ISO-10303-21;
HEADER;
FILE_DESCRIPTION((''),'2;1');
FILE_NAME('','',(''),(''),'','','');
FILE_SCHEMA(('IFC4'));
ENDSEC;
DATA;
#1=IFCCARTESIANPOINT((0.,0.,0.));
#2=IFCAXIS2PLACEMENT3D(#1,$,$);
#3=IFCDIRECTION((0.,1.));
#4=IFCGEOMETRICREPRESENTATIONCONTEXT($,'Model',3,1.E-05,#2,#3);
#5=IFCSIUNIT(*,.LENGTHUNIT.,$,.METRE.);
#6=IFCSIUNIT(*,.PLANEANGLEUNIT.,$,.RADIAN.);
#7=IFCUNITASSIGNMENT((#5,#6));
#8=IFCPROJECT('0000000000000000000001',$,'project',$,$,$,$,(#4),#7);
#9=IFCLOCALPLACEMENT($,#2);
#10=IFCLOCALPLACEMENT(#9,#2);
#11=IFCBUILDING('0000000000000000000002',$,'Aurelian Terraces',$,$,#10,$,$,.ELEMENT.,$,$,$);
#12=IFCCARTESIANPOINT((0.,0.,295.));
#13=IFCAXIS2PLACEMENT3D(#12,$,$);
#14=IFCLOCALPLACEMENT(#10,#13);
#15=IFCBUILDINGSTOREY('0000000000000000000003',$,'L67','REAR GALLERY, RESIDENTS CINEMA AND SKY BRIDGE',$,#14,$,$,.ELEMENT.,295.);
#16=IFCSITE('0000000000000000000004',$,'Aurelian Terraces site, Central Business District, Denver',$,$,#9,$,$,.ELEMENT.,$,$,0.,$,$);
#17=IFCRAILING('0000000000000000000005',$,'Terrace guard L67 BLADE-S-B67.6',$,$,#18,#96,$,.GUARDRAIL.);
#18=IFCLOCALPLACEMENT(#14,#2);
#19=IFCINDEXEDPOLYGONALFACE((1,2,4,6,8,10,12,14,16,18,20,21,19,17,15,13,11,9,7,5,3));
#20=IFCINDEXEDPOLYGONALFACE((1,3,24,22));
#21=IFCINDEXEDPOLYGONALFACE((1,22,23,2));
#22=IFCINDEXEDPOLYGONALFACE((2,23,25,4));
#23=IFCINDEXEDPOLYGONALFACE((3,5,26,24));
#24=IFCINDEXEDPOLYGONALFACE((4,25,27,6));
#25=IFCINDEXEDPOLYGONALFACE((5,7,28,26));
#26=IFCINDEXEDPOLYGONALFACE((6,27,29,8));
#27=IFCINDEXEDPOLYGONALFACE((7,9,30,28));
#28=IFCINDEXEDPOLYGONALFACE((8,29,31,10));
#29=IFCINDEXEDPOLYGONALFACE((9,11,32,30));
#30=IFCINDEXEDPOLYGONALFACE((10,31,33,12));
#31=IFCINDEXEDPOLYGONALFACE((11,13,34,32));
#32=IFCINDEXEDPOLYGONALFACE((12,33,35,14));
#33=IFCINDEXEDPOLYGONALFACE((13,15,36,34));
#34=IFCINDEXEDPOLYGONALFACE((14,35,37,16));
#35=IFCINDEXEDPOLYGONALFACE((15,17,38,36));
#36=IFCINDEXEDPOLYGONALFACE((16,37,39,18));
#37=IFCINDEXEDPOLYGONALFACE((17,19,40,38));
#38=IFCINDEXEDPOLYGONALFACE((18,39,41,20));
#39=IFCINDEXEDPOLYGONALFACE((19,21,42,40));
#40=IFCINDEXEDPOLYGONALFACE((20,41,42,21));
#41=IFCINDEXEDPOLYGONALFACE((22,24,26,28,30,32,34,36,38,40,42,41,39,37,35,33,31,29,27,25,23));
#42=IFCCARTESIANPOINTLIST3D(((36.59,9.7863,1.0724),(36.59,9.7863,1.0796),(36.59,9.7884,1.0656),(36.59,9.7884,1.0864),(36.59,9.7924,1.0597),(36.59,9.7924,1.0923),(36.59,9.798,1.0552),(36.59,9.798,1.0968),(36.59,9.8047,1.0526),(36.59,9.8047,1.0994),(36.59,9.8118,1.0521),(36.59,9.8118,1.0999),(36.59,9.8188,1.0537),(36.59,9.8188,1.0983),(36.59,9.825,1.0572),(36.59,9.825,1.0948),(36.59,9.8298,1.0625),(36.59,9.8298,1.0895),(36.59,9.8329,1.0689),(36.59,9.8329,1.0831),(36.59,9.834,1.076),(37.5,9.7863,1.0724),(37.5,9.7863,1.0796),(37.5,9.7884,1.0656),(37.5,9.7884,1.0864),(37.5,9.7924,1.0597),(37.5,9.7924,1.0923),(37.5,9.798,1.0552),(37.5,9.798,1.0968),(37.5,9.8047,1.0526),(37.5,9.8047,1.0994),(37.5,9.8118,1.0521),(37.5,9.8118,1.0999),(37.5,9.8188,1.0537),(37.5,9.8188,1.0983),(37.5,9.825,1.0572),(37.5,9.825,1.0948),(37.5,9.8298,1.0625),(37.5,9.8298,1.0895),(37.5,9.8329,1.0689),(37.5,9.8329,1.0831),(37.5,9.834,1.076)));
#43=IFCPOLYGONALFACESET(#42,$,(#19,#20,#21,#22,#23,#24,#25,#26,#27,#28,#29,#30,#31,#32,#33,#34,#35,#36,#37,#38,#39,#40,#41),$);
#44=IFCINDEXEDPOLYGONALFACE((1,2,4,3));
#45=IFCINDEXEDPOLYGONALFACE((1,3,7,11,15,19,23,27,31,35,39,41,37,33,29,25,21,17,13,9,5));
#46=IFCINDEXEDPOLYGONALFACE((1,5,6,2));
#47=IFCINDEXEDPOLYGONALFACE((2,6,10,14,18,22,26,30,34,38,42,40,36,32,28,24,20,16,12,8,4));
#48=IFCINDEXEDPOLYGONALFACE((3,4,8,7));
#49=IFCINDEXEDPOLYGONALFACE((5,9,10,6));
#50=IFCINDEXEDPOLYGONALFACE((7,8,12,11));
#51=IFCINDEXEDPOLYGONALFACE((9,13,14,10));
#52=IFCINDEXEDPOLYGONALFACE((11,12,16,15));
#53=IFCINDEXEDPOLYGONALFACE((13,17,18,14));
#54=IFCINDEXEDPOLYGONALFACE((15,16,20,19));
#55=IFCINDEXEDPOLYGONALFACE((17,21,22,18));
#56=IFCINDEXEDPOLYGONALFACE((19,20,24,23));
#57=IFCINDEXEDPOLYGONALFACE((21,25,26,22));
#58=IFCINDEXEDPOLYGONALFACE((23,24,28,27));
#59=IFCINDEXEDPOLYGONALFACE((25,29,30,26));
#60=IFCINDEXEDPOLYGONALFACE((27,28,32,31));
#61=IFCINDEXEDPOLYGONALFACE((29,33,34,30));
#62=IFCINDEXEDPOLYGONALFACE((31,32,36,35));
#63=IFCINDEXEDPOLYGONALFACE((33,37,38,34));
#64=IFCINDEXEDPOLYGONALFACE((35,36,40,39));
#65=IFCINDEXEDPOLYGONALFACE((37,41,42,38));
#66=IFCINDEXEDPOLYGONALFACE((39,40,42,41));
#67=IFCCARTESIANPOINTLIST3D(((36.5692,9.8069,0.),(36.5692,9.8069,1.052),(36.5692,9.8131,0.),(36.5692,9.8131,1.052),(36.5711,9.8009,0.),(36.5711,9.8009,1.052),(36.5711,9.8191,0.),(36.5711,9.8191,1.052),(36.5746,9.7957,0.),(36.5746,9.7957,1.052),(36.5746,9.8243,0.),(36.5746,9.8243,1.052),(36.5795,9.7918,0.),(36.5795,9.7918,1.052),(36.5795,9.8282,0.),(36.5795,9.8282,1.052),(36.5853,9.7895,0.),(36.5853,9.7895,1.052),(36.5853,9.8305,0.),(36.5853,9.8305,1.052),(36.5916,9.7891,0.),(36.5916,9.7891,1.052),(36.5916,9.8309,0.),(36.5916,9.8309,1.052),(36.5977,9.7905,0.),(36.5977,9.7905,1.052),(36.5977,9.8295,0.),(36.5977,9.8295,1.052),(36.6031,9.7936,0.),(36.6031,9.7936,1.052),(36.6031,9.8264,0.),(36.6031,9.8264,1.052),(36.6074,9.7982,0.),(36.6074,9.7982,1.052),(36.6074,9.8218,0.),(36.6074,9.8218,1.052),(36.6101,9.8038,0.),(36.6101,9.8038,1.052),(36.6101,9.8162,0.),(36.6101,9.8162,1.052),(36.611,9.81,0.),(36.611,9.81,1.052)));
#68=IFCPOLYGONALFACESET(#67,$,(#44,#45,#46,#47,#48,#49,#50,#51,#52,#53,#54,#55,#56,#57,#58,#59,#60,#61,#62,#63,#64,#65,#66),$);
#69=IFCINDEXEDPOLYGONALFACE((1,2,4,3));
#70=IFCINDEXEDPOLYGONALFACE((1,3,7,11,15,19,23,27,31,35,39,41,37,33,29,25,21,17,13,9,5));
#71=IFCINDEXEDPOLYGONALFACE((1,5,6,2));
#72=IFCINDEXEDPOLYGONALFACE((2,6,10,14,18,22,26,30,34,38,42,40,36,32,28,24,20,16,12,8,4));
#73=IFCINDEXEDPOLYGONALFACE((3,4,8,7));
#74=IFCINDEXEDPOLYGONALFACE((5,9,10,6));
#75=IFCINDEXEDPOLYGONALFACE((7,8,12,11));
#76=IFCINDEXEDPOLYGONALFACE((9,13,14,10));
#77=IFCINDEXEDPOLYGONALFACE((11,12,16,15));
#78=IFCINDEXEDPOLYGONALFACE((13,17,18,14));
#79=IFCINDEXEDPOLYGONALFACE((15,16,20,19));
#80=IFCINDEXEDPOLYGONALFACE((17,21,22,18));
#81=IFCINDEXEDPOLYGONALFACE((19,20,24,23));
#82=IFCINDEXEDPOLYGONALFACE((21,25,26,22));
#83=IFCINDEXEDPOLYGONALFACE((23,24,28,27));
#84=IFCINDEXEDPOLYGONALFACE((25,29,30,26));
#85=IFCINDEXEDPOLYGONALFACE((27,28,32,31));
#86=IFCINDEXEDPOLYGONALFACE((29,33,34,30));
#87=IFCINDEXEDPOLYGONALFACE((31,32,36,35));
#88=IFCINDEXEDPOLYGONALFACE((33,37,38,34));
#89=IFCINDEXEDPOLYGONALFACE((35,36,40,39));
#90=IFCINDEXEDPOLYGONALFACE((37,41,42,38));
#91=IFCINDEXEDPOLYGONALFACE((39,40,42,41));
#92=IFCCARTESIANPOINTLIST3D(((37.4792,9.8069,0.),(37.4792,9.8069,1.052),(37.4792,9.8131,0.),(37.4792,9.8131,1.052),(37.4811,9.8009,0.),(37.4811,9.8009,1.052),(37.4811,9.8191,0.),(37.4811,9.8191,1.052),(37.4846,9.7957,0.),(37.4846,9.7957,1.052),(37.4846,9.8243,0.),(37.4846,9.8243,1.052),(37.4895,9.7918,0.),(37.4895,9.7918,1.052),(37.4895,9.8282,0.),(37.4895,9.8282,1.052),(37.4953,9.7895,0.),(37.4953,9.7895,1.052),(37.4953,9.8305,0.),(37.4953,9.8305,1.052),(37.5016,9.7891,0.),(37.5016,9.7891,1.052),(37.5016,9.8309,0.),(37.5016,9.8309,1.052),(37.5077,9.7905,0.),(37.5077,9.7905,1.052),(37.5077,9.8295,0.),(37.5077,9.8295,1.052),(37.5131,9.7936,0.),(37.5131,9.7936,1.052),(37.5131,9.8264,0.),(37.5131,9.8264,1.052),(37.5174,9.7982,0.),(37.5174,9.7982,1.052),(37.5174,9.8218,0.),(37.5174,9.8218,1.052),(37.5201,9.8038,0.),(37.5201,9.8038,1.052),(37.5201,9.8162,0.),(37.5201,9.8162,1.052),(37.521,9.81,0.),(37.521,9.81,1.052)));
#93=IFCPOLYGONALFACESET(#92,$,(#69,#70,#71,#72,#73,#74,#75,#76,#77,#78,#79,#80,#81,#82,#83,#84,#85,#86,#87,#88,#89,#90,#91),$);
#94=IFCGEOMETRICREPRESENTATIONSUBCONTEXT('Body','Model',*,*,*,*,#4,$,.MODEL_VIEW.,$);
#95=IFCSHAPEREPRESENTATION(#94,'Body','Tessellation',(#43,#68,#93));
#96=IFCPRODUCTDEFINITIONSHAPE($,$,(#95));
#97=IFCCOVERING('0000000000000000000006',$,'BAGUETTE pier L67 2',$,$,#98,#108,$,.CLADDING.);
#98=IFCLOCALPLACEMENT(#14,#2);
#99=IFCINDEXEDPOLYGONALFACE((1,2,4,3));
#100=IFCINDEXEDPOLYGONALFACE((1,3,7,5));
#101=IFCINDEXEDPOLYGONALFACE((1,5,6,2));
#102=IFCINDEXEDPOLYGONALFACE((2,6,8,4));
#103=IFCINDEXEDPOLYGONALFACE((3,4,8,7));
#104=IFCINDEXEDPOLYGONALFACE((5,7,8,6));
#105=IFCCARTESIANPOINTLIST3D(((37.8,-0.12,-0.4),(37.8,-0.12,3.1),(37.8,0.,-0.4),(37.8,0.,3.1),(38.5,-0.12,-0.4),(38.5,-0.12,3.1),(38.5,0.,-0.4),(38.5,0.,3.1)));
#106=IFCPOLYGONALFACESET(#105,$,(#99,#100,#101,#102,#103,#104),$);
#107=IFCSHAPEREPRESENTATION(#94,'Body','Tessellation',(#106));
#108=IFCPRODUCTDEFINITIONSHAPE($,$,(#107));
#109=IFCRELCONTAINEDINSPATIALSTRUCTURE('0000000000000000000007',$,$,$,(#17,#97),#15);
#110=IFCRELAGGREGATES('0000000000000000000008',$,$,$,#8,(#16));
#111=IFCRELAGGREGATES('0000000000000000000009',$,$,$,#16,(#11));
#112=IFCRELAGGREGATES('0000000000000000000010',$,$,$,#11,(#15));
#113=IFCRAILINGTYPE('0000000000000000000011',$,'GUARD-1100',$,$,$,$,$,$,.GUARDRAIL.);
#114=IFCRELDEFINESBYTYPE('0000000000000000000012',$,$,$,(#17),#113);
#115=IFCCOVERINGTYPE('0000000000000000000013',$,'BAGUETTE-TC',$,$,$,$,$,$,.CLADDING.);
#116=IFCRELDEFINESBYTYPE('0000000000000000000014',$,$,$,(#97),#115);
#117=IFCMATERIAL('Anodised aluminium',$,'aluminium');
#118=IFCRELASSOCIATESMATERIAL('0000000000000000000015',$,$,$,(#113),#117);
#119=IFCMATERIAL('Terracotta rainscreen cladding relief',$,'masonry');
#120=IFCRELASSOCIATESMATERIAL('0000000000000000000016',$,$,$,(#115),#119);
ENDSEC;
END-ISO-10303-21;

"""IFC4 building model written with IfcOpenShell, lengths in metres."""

from ifc_helpers import new_model, si_unit, direction, frame, origin, origin_2d, place, context, subcontext, project, spatial, rectangle, circle, extrude, source, transform, mapped, material, type_object, element, save


model = new_model("IFC4")

# Units and contexts
model_context = context("Model", 3, precision=1e-05, world=origin(), true_north=direction((0.0, 1.0)))
body_context = subcontext(model_context, "Body", "Model", "MODEL_VIEW")
ifc_project = project(units=[si_unit("LENGTHUNIT", "METRE"), si_unit("PLANEANGLEUNIT", "RADIAN")], contexts=[model_context])

# Site, building, storey
site_placement = place(None, origin())
site = spatial("IfcSite", under=ifc_project, at=site_placement, Name="Aurelian Terraces site, Central Business District, Denver", CompositionType="ELEMENT", RefElevation=0.0)
building_placement = place(site_placement, origin())
building = spatial("IfcBuilding", under=site, at=building_placement, Name="Aurelian Terraces", CompositionType="ELEMENT")
storey_placement = place(building_placement, frame((0.0, 0.0, 295.0)))
storey = spatial("IfcBuildingStorey", under=building, at=storey_placement, Name="L67", Description="REAR GALLERY, RESIDENTS CINEMA AND SKY BRIDGE", CompositionType="ELEMENT", Elevation=295.0)

# Railing
ifc_material_1 = material(Name="Anodised aluminium", Category="aluminium")
railing_type = type_object("IfcRailingType", Name="GUARD-1100", PredefinedType="GUARDRAIL", material=ifc_material_1)
railing_1_placement = place(storey_placement, frame((36.59, 9.81, 0.0)))
element("IfcRailing", 1, at=railing_1_placement, inside=storey, type_object=railing_type, Name="Terrace guard L67 BLADE-S-B67.6", PredefinedType="GUARDRAIL", context=body_context, shape_type="SweptSolid", body=[
    extrude(circle(Radius=0.024, at=origin_2d()), frame((0.0, 0.0, 1.076), z_axis=(1.0, 0.0, 0.0), x_axis=(0.0, 1.0, 0.0)), (0.0, 0.0, 1.0), 0.91),
    extrude(circle(Radius=0.021, at=origin_2d()), origin(), (0.0, 0.0, 1.0), 1.052),
    extrude(circle(Radius=0.021, at=origin_2d()), frame((0.91, 0.0, 0.0)), (0.0, 0.0, 1.0), 1.052),
])

# Covering
ifc_material_2 = material(Name="Terracotta rainscreen cladding relief", Category="masonry")
covering_type = type_object("IfcCoveringType", Name="BAGUETTE-TC", PredefinedType="CLADDING", material=ifc_material_2)
shared_shape_1 = source(origin(), body_context, "Body", "SweptSolid", [
    extrude(rectangle(XDim=0.7, YDim=0.12, at=origin_2d()), origin(), (0.0, 0.0, 1.0), 3.5),
])
covering_placement = place(storey_placement, frame((38.15, -0.06, -0.4), z_axis=(0.0, 0.0, 1.0), x_axis=(1.0, 0.0, 0.0)))
element("IfcCovering", 2, at=covering_placement, inside=storey, type_object=covering_type, Name="BAGUETTE pier L67 2", PredefinedType="CLADDING", context=body_context, shape_type="MappedRepresentation", body=[
    mapped(shared_shape_1, transform((0.0, 0.0, 0.0), scale=1.0)),
])

save(model, "model.ifc")
